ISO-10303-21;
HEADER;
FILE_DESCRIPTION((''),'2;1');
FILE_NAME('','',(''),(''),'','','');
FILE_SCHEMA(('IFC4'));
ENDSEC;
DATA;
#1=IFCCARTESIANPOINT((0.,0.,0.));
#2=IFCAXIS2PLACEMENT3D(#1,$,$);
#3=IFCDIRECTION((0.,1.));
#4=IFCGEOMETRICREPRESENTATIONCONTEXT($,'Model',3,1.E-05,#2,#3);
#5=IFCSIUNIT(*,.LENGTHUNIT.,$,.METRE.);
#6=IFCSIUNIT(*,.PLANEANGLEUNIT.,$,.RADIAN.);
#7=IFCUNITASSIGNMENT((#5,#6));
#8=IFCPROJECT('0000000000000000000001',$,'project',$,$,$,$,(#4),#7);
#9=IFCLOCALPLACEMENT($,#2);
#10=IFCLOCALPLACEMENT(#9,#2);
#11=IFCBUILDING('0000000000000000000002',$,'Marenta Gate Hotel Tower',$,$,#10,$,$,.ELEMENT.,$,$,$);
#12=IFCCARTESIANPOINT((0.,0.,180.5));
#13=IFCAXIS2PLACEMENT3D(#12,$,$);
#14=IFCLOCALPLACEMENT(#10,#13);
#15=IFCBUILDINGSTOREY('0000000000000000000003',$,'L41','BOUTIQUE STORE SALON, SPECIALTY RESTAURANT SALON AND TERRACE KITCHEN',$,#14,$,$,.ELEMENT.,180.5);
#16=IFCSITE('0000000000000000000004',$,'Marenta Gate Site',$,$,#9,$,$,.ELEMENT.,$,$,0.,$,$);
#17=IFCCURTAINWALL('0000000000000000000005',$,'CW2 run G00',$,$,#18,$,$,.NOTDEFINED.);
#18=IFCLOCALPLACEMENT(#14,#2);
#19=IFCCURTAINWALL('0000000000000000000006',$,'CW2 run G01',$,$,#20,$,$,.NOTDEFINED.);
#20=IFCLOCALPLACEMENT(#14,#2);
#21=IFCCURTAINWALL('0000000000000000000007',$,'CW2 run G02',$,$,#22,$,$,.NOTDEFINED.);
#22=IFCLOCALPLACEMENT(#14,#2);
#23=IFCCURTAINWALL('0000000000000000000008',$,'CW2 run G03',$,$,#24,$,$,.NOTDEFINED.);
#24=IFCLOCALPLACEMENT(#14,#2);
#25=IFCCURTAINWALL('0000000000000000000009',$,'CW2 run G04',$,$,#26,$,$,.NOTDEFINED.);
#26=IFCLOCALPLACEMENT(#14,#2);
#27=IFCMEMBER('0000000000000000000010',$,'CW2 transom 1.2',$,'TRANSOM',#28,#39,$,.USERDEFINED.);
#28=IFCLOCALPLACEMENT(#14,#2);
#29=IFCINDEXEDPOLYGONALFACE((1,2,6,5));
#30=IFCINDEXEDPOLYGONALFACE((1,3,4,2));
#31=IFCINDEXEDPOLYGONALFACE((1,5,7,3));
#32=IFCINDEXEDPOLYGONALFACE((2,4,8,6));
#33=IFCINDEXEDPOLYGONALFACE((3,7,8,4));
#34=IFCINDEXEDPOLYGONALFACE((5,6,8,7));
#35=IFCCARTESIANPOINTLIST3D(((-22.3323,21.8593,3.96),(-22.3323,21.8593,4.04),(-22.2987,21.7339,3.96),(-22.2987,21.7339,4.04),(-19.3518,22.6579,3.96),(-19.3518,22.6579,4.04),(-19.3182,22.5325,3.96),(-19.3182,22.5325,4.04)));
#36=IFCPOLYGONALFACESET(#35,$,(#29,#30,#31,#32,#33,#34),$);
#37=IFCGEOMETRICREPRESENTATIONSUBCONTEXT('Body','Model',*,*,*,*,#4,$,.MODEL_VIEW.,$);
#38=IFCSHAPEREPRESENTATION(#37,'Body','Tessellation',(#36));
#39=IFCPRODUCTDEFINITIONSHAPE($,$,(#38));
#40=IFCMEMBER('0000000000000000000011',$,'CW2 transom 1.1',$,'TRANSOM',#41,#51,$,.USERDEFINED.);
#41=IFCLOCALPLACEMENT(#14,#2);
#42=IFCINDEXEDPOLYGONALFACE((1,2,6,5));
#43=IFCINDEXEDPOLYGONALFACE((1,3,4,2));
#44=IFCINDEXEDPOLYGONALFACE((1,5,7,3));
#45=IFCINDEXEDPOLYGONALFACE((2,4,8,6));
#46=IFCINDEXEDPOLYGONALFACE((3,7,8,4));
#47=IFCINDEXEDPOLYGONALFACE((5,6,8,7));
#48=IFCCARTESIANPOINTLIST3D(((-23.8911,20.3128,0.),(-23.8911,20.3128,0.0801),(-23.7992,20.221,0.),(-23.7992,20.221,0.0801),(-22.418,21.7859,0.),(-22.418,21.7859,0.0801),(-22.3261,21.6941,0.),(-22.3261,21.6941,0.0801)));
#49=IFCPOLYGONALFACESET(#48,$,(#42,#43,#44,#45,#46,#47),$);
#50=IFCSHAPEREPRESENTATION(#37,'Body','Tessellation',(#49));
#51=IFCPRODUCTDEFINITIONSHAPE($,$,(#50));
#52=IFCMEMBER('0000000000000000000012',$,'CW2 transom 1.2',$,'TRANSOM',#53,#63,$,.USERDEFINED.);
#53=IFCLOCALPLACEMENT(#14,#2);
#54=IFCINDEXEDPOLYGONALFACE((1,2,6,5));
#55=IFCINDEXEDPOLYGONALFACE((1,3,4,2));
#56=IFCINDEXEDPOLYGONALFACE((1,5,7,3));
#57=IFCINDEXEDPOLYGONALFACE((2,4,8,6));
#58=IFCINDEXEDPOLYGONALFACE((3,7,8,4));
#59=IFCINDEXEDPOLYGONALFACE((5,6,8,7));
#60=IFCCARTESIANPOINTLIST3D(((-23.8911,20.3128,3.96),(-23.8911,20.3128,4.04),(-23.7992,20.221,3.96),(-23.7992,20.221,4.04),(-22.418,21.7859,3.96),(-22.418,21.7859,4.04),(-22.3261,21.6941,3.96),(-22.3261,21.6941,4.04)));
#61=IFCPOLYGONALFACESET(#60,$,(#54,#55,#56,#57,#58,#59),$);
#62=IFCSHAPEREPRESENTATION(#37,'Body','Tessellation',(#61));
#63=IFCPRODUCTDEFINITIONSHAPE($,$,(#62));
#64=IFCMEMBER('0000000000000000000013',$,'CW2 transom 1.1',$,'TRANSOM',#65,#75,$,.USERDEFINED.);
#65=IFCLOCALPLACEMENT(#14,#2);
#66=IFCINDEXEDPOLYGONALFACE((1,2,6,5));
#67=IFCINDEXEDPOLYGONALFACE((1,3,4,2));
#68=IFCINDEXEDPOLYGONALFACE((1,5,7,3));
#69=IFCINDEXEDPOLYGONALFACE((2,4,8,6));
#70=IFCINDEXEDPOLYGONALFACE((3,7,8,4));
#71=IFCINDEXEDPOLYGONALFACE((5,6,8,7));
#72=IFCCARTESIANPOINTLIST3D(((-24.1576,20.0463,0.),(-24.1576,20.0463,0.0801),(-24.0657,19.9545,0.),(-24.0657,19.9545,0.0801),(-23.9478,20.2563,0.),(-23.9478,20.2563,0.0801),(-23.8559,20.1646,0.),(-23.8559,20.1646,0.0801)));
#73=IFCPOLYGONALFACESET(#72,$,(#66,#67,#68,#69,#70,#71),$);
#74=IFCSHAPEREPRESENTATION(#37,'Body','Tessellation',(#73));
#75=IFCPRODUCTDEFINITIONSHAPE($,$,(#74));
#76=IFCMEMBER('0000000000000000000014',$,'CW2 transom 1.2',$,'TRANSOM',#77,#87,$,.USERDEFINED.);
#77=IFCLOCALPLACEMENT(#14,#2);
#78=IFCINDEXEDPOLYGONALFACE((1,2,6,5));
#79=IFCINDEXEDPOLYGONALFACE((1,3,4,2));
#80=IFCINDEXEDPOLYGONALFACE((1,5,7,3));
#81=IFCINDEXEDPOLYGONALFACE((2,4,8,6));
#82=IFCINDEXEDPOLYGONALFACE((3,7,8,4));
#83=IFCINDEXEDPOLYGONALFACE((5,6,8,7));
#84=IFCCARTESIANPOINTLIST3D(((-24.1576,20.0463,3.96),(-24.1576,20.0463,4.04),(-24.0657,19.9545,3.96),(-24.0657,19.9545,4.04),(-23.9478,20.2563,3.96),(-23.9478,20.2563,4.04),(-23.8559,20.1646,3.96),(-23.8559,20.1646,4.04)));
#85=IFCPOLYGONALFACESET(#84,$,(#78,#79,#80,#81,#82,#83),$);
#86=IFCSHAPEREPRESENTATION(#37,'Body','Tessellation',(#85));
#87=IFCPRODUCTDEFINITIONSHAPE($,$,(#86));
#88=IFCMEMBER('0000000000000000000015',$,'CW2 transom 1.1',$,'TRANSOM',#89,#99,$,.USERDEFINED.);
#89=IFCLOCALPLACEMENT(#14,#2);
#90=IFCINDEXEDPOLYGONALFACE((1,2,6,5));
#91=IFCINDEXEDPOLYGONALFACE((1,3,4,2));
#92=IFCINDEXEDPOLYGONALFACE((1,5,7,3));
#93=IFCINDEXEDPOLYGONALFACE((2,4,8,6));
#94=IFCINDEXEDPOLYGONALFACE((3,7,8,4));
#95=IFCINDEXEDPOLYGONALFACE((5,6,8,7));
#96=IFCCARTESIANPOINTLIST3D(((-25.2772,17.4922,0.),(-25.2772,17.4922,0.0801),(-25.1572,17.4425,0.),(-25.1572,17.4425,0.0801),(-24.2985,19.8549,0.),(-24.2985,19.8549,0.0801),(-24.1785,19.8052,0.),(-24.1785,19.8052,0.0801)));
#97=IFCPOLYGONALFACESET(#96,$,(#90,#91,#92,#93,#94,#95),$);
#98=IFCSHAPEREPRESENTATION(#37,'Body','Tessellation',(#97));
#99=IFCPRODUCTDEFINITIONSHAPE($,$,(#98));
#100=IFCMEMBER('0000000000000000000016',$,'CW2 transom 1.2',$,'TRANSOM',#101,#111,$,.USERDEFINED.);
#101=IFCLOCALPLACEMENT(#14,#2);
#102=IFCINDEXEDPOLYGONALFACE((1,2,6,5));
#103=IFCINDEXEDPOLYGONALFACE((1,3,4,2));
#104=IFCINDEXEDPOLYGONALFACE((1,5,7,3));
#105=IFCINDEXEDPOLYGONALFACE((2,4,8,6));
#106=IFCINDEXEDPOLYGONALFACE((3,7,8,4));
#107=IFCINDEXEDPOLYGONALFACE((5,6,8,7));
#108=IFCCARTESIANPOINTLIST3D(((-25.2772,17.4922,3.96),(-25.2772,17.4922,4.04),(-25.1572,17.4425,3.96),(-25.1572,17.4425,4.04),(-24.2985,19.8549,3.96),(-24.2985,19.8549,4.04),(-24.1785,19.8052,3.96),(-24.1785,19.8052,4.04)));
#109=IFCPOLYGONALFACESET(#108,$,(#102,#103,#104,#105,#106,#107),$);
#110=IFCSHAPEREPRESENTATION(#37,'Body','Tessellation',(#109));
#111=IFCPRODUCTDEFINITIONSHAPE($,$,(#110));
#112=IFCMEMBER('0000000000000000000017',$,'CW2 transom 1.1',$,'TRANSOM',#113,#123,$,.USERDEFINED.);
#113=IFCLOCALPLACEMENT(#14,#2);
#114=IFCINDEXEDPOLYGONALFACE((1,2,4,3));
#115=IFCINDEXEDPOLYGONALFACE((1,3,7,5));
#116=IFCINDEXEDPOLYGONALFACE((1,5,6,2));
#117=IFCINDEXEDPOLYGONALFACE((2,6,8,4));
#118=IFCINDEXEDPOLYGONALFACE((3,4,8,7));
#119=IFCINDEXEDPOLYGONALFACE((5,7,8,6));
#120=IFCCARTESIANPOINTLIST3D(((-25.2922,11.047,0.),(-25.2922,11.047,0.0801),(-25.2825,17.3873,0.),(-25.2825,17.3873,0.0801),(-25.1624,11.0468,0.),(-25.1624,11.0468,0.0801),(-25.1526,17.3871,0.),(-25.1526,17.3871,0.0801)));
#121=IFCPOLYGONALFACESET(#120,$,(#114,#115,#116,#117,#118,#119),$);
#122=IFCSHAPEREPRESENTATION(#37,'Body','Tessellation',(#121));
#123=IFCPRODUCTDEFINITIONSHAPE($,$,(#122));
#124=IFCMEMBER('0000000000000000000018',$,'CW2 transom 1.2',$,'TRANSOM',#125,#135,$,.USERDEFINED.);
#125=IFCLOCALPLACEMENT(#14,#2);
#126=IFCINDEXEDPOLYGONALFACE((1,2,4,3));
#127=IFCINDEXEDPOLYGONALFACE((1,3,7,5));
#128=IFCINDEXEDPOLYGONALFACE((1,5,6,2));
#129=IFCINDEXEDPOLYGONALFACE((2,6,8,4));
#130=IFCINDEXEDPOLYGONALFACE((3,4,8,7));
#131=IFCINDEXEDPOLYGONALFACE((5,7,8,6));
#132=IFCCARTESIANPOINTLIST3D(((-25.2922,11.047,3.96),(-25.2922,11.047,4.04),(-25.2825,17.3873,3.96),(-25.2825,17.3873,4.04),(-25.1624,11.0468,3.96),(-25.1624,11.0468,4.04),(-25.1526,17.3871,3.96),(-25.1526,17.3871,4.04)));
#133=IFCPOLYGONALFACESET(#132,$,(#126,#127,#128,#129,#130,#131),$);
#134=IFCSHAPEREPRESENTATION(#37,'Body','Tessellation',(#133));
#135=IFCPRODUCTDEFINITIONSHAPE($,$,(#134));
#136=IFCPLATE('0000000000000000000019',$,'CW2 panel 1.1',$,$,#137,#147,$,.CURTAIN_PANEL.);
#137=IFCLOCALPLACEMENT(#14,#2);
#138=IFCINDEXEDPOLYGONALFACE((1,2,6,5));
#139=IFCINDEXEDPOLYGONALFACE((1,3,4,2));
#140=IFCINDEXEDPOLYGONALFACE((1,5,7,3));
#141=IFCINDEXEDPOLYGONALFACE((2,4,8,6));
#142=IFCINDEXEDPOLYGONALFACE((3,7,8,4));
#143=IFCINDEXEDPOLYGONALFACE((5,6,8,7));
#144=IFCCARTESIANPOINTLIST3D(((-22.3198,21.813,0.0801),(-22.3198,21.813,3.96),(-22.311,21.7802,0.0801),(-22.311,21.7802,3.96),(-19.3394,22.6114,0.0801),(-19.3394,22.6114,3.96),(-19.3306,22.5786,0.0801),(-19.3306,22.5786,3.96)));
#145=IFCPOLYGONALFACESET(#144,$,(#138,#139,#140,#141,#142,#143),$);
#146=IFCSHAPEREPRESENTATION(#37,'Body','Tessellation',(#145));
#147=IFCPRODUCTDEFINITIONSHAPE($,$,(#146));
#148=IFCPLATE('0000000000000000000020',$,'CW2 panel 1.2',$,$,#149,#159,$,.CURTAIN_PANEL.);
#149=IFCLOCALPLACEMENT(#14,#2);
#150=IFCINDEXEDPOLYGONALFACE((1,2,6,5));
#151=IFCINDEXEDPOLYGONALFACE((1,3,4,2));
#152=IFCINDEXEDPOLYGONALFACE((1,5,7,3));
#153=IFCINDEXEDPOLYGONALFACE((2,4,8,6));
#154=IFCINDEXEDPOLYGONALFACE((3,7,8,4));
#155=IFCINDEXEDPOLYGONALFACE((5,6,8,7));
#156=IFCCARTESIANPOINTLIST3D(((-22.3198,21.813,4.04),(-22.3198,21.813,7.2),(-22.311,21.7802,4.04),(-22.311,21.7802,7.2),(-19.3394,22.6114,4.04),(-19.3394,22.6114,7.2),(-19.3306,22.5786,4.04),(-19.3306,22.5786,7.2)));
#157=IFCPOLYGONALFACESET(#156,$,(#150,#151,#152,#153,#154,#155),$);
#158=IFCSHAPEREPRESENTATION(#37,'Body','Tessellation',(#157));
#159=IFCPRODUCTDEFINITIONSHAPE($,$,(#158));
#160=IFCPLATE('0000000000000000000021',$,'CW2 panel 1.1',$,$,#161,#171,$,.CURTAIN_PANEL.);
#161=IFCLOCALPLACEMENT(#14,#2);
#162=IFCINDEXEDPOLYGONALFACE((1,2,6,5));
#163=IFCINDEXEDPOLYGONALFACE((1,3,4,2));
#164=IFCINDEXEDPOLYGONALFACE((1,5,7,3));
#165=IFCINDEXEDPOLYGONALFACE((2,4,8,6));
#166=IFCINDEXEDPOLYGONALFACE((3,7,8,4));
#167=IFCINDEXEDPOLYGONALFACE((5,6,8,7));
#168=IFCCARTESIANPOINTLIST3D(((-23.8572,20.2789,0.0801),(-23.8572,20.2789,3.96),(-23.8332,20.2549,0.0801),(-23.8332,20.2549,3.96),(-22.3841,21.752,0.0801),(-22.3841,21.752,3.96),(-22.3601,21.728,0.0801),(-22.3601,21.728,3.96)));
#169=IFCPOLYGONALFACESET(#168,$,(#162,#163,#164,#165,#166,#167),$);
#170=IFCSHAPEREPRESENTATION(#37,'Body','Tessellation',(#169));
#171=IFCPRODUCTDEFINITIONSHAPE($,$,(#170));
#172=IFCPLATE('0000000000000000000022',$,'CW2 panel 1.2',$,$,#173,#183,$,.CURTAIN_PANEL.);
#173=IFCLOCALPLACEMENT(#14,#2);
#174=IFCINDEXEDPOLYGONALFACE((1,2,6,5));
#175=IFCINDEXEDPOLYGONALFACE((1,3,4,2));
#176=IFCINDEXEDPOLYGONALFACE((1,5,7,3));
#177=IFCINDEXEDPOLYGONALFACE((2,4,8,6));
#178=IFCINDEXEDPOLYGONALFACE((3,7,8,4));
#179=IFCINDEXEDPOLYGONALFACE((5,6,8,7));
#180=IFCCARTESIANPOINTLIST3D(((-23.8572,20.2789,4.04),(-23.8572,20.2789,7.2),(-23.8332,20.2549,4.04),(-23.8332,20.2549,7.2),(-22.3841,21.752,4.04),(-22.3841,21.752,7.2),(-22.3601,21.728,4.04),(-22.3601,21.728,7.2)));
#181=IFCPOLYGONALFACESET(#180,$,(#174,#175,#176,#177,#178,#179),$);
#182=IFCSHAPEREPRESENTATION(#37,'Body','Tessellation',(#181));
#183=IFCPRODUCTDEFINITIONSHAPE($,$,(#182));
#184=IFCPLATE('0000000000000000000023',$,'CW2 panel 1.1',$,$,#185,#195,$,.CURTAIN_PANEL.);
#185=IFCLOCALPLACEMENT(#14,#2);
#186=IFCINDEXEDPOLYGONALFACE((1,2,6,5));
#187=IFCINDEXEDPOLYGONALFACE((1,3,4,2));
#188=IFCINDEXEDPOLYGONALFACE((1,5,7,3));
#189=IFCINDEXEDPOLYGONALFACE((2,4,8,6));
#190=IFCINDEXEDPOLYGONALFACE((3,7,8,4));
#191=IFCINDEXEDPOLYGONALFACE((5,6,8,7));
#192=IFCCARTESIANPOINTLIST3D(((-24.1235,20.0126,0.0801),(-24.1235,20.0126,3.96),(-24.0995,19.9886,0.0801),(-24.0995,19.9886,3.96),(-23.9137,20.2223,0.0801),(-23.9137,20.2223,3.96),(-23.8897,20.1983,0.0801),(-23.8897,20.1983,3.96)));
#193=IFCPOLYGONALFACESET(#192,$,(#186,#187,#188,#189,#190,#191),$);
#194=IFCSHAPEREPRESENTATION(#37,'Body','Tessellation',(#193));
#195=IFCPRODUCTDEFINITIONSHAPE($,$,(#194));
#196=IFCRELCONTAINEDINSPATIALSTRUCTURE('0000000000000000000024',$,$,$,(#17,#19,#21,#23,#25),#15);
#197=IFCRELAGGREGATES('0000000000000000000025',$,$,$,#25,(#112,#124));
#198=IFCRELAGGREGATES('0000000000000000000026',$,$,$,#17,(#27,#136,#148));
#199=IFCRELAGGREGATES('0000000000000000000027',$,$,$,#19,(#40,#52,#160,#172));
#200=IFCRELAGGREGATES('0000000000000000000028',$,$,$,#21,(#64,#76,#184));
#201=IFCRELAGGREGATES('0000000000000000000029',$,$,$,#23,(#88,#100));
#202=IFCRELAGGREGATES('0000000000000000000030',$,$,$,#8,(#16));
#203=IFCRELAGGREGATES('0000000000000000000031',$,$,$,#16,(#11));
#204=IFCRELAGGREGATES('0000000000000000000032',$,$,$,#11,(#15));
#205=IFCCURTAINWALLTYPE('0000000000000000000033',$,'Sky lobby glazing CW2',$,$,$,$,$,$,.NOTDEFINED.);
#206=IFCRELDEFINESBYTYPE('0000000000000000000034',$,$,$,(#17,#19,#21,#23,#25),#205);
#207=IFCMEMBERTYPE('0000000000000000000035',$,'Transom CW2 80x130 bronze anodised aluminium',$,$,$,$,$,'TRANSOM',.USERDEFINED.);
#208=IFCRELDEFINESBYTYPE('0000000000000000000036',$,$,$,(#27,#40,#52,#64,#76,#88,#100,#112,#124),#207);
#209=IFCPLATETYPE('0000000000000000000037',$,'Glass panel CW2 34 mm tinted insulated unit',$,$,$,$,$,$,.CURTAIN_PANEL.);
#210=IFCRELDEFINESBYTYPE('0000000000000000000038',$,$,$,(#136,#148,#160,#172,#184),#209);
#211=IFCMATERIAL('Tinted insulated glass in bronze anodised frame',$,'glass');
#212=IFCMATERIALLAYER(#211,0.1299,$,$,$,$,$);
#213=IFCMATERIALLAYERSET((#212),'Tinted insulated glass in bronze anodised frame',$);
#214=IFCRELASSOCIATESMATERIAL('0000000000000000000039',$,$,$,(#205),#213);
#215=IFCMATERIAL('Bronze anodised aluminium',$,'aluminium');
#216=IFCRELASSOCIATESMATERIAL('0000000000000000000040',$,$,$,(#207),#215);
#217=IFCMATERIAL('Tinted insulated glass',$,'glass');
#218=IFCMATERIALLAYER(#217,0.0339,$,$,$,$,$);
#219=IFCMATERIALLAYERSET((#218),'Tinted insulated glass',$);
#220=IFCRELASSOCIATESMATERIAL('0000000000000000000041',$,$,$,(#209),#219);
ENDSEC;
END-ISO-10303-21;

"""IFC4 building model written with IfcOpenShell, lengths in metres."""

from ifc_helpers import new_model, si_unit, direction, frame, origin, origin_2d, place, context, subcontext, project, spatial, rectangle, extrude, material, layer, layer_set, material_profile, profile_set, type_object, element, aggregate, save


model = new_model("IFC4")

# Units and contexts
model_context = context("Model", 3, precision=1e-05, world=origin(), true_north=direction((0.0, 1.0)))
body_context = subcontext(model_context, "Body", "Model", "MODEL_VIEW")
ifc_project = project(units=[si_unit("LENGTHUNIT", "METRE"), si_unit("PLANEANGLEUNIT", "RADIAN")], contexts=[model_context])

# Site, building, storey
site_placement = place(None, origin())
site = spatial("IfcSite", under=ifc_project, at=site_placement, Name="Marenta Gate Site", CompositionType="ELEMENT", RefElevation=0.0)
building_placement = place(site_placement, origin())
building = spatial("IfcBuilding", under=site, at=building_placement, Name="Marenta Gate Hotel Tower", CompositionType="ELEMENT")
storey_placement = place(building_placement, frame((0.0, 0.0, 180.5)))
storey = spatial("IfcBuildingStorey", under=building, at=storey_placement, Name="L41", Description="BOUTIQUE STORE SALON, SPECIALTY RESTAURANT SALON AND TERRACE KITCHEN", CompositionType="ELEMENT", Elevation=180.5)

# Curtain walls
ifc_material_1 = material(Name="Tinted insulated glass in bronze anodised frame", Category="glass")
ifc_layer_1 = layer(ifc_material_1, 0.1299)
ifc_layer_set_1 = layer_set([ifc_layer_1], Name="Tinted insulated glass in bronze anodised frame")
curtain_wall_type = type_object("IfcCurtainWallType", Name="Sky lobby glazing CW2", PredefinedType="NOTDEFINED", material=ifc_layer_set_1)
curtain_wall_1_placement = place(storey_placement, origin())
curtain_wall_1 = element("IfcCurtainWall", 1, at=curtain_wall_1_placement, inside=storey, type_object=curtain_wall_type, Name="CW2 run G00", PredefinedType="NOTDEFINED")
curtain_wall_2_placement = place(storey_placement, origin())
curtain_wall_2 = element("IfcCurtainWall", 2, at=curtain_wall_2_placement, inside=storey, type_object=curtain_wall_type, Name="CW2 run G01", PredefinedType="NOTDEFINED")

# Curtain wall
curtain_wall_3_placement = place(storey_placement, origin())
curtain_wall_3 = element("IfcCurtainWall", 3, at=curtain_wall_3_placement, inside=storey, type_object=curtain_wall_type, Name="CW2 run G02", PredefinedType="NOTDEFINED")

# Curtain walls
curtain_wall_4_placement = place(storey_placement, origin())
curtain_wall_4 = element("IfcCurtainWall", 4, at=curtain_wall_4_placement, inside=storey, type_object=curtain_wall_type, Name="CW2 run G03", PredefinedType="NOTDEFINED")
curtain_wall_5_placement = place(storey_placement, origin())
curtain_wall_5 = element("IfcCurtainWall", 5, at=curtain_wall_5_placement, inside=storey, type_object=curtain_wall_type, Name="CW2 run G04", PredefinedType="NOTDEFINED")

# Members
ifc_material_2 = material(Name="Bronze anodised aluminium", Category="aluminium")
ifc_material_profile_1 = material_profile(ifc_material_2, rectangle(XDim=0.1299, YDim=0.0801, at=origin_2d()), Name="Transom CW2 80x130 bronze anodised aluminium")
ifc_profile_set_1 = profile_set([ifc_material_profile_1], Name="Bronze anodised aluminium")
member_type_1 = type_object("IfcMemberType", Name="Transom CW2 80x130 bronze anodised aluminium", ElementType="TRANSOM", PredefinedType="USERDEFINED", material=ifc_profile_set_1)
member_1_placement = place(storey_placement, frame((-19.335, 22.5952, 4.0), z_axis=(-0.965928, -0.25881, 0.0), x_axis=(0.25881, -0.965928, 0.0)))
member_1 = element("IfcMember", 6, at=member_1_placement, type_object=member_type_1, Name="CW2 transom 1.2", ObjectType="TRANSOM", PredefinedType="USERDEFINED", context=body_context, shape_type="SweptSolid", body=[
    extrude(rectangle(XDim=0.1299, YDim=0.0801, at=origin_2d()), origin(), (0.0, 0.0, 1.0), 3.0857),
])
member_2_placement = place(storey_placement, frame((-22.3721, 21.74, 0.04), z_axis=(-0.707107, -0.707107, 0.0), x_axis=(0.707107, -0.707107, 0.0)))
member_2 = element("IfcMember", 7, at=member_2_placement, type_object=member_type_1, Name="CW2 transom 1.1", ObjectType="TRANSOM", PredefinedType="USERDEFINED", context=body_context, shape_type="SweptSolid", body=[
    extrude(rectangle(XDim=0.1299, YDim=0.0801, at=origin_2d()), origin(), (0.0, 0.0, 1.0), 2.0833),
])
member_3_placement = place(storey_placement, frame((-22.3721, 21.74, 4.0), z_axis=(-0.707107, -0.707107, 0.0), x_axis=(0.707107, -0.707107, 0.0)))
member_3 = element("IfcMember", 8, at=member_3_placement, type_object=member_type_1, Name="CW2 transom 1.2", ObjectType="TRANSOM", PredefinedType="USERDEFINED", context=body_context, shape_type="SweptSolid", body=[
    extrude(rectangle(XDim=0.1299, YDim=0.0801, at=origin_2d()), origin(), (0.0, 0.0, 1.0), 2.0833),
])
member_4_placement = place(storey_placement, frame((-23.9019, 20.2104, 0.04), z_axis=(-0.706695, -0.707518, 0.0), x_axis=(0.707518, -0.706695, 0.0)))
member_4 = element("IfcMember", 9, at=member_4_placement, type_object=member_type_1, Name="CW2 transom 1.1", ObjectType="TRANSOM", PredefinedType="USERDEFINED", context=body_context, shape_type="SweptSolid", body=[
    extrude(rectangle(XDim=0.1299, YDim=0.0801, at=origin_2d()), origin(), (0.0, 0.0, 1.0), 0.2969),
])
member_5_placement = place(storey_placement, frame((-23.9019, 20.2104, 4.0), z_axis=(-0.706695, -0.707518, 0.0), x_axis=(0.707518, -0.706695, 0.0)))
member_5 = element("IfcMember", 10, at=member_5_placement, type_object=member_type_1, Name="CW2 transom 1.2", ObjectType="TRANSOM", PredefinedType="USERDEFINED", context=body_context, shape_type="SweptSolid", body=[
    extrude(rectangle(XDim=0.1299, YDim=0.0801, at=origin_2d()), origin(), (0.0, 0.0, 1.0), 0.2969),
])
member_6_placement = place(storey_placement, frame((-24.2385, 19.8301, 0.04), z_axis=(-0.382703, -0.923871, 0.0), x_axis=(0.923871, -0.382703, 0.0)))
member_6 = element("IfcMember", 11, at=member_6_placement, type_object=member_type_1, Name="CW2 transom 1.1", ObjectType="TRANSOM", PredefinedType="USERDEFINED", context=body_context, shape_type="SweptSolid", body=[
    extrude(rectangle(XDim=0.1299, YDim=0.0801, at=origin_2d()), origin(), (0.0, 0.0, 1.0), 2.5574),
])
member_7_placement = place(storey_placement, frame((-24.2385, 19.8301, 4.0), z_axis=(-0.382703, -0.923871, 0.0), x_axis=(0.923871, -0.382703, 0.0)))
member_7 = element("IfcMember", 12, at=member_7_placement, type_object=member_type_1, Name="CW2 transom 1.2", ObjectType="TRANSOM", PredefinedType="USERDEFINED", context=body_context, shape_type="SweptSolid", body=[
    extrude(rectangle(XDim=0.1299, YDim=0.0801, at=origin_2d()), origin(), (0.0, 0.0, 1.0), 2.5574),
])
member_8_placement = place(storey_placement, frame((-25.2175, 17.3872, 0.04), z_axis=(-0.00154, -0.999999, 0.0), x_axis=(0.999999, -0.00154, 0.0)))
member_8 = element("IfcMember", 13, at=member_8_placement, type_object=member_type_1, Name="CW2 transom 1.1", ObjectType="TRANSOM", PredefinedType="USERDEFINED", context=body_context, shape_type="SweptSolid", body=[
    extrude(rectangle(XDim=0.1299, YDim=0.0801, at=origin_2d()), origin(), (0.0, 0.0, 1.0), 6.3403),
])
member_9_placement = place(storey_placement, frame((-25.2175, 17.3872, 4.0), z_axis=(-0.00154, -0.999999, 0.0), x_axis=(0.999999, -0.00154, 0.0)))
member_9 = element("IfcMember", 14, at=member_9_placement, type_object=member_type_1, Name="CW2 transom 1.2", ObjectType="TRANSOM", PredefinedType="USERDEFINED", context=body_context, shape_type="SweptSolid", body=[
    extrude(rectangle(XDim=0.1299, YDim=0.0801, at=origin_2d()), origin(), (0.0, 0.0, 1.0), 6.3403),
])
aggregate(curtain_wall_5, [member_8, member_9])

# Plates
ifc_material_3 = material(Name="Tinted insulated glass", Category="glass")
ifc_layer_2 = layer(ifc_material_3, 0.0339)
ifc_layer_set_2 = layer_set([ifc_layer_2], Name="Tinted insulated glass")
plate_type = type_object("IfcPlateType", Name="Glass panel CW2 34 mm tinted insulated unit", PredefinedType="CURTAIN_PANEL", material=ifc_layer_set_2)
plate_1_placement = place(storey_placement, frame((-20.8252, 22.1958, 0.0801), z_axis=(0.0, 0.0, 1.0), x_axis=(-0.965934, -0.258787, 0.0)))
plate_1 = element("IfcPlate", 15, at=plate_1_placement, type_object=plate_type, Name="CW2 panel 1.1", PredefinedType="CURTAIN_PANEL", context=body_context, shape_type="SweptSolid", body=[
    extrude(rectangle(XDim=3.0854, YDim=0.0339, at=origin_2d()), origin(), (0.0, 0.0, 1.0), 3.8799),
])
plate_2_placement = place(storey_placement, frame((-20.8252, 22.1958, 4.04), z_axis=(0.0, 0.0, 1.0), x_axis=(-0.965934, -0.258787, 0.0)))
plate_2 = element("IfcPlate", 16, at=plate_2_placement, type_object=plate_type, Name="CW2 panel 1.2", PredefinedType="CURTAIN_PANEL", context=body_context, shape_type="SweptSolid", body=[
    extrude(rectangle(XDim=3.0854, YDim=0.0339, at=origin_2d()), origin(), (0.0, 0.0, 1.0), 3.1599),
])
aggregate(curtain_wall_1, [member_1, plate_1, plate_2])
plate_3_placement = place(storey_placement, frame((-23.1086, 21.0034, 0.0801), z_axis=(0.0, 0.0, 1.0), x_axis=(-0.707107, -0.707107, 0.0)))
plate_3 = element("IfcPlate", 17, at=plate_3_placement, type_object=plate_type, Name="CW2 panel 1.1", PredefinedType="CURTAIN_PANEL", context=body_context, shape_type="SweptSolid", body=[
    extrude(rectangle(XDim=2.0833, YDim=0.0339, at=origin_2d()), origin(), (0.0, 0.0, 1.0), 3.8799),
])
plate_4_placement = place(storey_placement, frame((-23.1086, 21.0034, 4.04), z_axis=(0.0, 0.0, 1.0), x_axis=(-0.707107, -0.707107, 0.0)))
plate_4 = element("IfcPlate", 18, at=plate_4_placement, type_object=plate_type, Name="CW2 panel 1.2", PredefinedType="CURTAIN_PANEL", context=body_context, shape_type="SweptSolid", body=[
    extrude(rectangle(XDim=2.0833, YDim=0.0339, at=origin_2d()), origin(), (0.0, 0.0, 1.0), 3.1599),
])
aggregate(curtain_wall_2, [member_2, member_3, plate_3, plate_4])
plate_5_placement = place(storey_placement, frame((-24.0066, 20.1055, 0.0801), z_axis=(0.0, 0.0, 1.0), x_axis=(-0.707107, -0.707107, 0.0)))
plate_5 = element("IfcPlate", 19, at=plate_5_placement, type_object=plate_type, Name="CW2 panel 1.1", PredefinedType="CURTAIN_PANEL", context=body_context, shape_type="SweptSolid", body=[
    extrude(rectangle(XDim=0.2966, YDim=0.0339, at=origin_2d()), origin(), (0.0, 0.0, 1.0), 3.8799),
])
aggregate(curtain_wall_3, [member_4, member_5, plate_5])
aggregate(curtain_wall_4, [member_6, member_7])

save(model, "model.ifc")
